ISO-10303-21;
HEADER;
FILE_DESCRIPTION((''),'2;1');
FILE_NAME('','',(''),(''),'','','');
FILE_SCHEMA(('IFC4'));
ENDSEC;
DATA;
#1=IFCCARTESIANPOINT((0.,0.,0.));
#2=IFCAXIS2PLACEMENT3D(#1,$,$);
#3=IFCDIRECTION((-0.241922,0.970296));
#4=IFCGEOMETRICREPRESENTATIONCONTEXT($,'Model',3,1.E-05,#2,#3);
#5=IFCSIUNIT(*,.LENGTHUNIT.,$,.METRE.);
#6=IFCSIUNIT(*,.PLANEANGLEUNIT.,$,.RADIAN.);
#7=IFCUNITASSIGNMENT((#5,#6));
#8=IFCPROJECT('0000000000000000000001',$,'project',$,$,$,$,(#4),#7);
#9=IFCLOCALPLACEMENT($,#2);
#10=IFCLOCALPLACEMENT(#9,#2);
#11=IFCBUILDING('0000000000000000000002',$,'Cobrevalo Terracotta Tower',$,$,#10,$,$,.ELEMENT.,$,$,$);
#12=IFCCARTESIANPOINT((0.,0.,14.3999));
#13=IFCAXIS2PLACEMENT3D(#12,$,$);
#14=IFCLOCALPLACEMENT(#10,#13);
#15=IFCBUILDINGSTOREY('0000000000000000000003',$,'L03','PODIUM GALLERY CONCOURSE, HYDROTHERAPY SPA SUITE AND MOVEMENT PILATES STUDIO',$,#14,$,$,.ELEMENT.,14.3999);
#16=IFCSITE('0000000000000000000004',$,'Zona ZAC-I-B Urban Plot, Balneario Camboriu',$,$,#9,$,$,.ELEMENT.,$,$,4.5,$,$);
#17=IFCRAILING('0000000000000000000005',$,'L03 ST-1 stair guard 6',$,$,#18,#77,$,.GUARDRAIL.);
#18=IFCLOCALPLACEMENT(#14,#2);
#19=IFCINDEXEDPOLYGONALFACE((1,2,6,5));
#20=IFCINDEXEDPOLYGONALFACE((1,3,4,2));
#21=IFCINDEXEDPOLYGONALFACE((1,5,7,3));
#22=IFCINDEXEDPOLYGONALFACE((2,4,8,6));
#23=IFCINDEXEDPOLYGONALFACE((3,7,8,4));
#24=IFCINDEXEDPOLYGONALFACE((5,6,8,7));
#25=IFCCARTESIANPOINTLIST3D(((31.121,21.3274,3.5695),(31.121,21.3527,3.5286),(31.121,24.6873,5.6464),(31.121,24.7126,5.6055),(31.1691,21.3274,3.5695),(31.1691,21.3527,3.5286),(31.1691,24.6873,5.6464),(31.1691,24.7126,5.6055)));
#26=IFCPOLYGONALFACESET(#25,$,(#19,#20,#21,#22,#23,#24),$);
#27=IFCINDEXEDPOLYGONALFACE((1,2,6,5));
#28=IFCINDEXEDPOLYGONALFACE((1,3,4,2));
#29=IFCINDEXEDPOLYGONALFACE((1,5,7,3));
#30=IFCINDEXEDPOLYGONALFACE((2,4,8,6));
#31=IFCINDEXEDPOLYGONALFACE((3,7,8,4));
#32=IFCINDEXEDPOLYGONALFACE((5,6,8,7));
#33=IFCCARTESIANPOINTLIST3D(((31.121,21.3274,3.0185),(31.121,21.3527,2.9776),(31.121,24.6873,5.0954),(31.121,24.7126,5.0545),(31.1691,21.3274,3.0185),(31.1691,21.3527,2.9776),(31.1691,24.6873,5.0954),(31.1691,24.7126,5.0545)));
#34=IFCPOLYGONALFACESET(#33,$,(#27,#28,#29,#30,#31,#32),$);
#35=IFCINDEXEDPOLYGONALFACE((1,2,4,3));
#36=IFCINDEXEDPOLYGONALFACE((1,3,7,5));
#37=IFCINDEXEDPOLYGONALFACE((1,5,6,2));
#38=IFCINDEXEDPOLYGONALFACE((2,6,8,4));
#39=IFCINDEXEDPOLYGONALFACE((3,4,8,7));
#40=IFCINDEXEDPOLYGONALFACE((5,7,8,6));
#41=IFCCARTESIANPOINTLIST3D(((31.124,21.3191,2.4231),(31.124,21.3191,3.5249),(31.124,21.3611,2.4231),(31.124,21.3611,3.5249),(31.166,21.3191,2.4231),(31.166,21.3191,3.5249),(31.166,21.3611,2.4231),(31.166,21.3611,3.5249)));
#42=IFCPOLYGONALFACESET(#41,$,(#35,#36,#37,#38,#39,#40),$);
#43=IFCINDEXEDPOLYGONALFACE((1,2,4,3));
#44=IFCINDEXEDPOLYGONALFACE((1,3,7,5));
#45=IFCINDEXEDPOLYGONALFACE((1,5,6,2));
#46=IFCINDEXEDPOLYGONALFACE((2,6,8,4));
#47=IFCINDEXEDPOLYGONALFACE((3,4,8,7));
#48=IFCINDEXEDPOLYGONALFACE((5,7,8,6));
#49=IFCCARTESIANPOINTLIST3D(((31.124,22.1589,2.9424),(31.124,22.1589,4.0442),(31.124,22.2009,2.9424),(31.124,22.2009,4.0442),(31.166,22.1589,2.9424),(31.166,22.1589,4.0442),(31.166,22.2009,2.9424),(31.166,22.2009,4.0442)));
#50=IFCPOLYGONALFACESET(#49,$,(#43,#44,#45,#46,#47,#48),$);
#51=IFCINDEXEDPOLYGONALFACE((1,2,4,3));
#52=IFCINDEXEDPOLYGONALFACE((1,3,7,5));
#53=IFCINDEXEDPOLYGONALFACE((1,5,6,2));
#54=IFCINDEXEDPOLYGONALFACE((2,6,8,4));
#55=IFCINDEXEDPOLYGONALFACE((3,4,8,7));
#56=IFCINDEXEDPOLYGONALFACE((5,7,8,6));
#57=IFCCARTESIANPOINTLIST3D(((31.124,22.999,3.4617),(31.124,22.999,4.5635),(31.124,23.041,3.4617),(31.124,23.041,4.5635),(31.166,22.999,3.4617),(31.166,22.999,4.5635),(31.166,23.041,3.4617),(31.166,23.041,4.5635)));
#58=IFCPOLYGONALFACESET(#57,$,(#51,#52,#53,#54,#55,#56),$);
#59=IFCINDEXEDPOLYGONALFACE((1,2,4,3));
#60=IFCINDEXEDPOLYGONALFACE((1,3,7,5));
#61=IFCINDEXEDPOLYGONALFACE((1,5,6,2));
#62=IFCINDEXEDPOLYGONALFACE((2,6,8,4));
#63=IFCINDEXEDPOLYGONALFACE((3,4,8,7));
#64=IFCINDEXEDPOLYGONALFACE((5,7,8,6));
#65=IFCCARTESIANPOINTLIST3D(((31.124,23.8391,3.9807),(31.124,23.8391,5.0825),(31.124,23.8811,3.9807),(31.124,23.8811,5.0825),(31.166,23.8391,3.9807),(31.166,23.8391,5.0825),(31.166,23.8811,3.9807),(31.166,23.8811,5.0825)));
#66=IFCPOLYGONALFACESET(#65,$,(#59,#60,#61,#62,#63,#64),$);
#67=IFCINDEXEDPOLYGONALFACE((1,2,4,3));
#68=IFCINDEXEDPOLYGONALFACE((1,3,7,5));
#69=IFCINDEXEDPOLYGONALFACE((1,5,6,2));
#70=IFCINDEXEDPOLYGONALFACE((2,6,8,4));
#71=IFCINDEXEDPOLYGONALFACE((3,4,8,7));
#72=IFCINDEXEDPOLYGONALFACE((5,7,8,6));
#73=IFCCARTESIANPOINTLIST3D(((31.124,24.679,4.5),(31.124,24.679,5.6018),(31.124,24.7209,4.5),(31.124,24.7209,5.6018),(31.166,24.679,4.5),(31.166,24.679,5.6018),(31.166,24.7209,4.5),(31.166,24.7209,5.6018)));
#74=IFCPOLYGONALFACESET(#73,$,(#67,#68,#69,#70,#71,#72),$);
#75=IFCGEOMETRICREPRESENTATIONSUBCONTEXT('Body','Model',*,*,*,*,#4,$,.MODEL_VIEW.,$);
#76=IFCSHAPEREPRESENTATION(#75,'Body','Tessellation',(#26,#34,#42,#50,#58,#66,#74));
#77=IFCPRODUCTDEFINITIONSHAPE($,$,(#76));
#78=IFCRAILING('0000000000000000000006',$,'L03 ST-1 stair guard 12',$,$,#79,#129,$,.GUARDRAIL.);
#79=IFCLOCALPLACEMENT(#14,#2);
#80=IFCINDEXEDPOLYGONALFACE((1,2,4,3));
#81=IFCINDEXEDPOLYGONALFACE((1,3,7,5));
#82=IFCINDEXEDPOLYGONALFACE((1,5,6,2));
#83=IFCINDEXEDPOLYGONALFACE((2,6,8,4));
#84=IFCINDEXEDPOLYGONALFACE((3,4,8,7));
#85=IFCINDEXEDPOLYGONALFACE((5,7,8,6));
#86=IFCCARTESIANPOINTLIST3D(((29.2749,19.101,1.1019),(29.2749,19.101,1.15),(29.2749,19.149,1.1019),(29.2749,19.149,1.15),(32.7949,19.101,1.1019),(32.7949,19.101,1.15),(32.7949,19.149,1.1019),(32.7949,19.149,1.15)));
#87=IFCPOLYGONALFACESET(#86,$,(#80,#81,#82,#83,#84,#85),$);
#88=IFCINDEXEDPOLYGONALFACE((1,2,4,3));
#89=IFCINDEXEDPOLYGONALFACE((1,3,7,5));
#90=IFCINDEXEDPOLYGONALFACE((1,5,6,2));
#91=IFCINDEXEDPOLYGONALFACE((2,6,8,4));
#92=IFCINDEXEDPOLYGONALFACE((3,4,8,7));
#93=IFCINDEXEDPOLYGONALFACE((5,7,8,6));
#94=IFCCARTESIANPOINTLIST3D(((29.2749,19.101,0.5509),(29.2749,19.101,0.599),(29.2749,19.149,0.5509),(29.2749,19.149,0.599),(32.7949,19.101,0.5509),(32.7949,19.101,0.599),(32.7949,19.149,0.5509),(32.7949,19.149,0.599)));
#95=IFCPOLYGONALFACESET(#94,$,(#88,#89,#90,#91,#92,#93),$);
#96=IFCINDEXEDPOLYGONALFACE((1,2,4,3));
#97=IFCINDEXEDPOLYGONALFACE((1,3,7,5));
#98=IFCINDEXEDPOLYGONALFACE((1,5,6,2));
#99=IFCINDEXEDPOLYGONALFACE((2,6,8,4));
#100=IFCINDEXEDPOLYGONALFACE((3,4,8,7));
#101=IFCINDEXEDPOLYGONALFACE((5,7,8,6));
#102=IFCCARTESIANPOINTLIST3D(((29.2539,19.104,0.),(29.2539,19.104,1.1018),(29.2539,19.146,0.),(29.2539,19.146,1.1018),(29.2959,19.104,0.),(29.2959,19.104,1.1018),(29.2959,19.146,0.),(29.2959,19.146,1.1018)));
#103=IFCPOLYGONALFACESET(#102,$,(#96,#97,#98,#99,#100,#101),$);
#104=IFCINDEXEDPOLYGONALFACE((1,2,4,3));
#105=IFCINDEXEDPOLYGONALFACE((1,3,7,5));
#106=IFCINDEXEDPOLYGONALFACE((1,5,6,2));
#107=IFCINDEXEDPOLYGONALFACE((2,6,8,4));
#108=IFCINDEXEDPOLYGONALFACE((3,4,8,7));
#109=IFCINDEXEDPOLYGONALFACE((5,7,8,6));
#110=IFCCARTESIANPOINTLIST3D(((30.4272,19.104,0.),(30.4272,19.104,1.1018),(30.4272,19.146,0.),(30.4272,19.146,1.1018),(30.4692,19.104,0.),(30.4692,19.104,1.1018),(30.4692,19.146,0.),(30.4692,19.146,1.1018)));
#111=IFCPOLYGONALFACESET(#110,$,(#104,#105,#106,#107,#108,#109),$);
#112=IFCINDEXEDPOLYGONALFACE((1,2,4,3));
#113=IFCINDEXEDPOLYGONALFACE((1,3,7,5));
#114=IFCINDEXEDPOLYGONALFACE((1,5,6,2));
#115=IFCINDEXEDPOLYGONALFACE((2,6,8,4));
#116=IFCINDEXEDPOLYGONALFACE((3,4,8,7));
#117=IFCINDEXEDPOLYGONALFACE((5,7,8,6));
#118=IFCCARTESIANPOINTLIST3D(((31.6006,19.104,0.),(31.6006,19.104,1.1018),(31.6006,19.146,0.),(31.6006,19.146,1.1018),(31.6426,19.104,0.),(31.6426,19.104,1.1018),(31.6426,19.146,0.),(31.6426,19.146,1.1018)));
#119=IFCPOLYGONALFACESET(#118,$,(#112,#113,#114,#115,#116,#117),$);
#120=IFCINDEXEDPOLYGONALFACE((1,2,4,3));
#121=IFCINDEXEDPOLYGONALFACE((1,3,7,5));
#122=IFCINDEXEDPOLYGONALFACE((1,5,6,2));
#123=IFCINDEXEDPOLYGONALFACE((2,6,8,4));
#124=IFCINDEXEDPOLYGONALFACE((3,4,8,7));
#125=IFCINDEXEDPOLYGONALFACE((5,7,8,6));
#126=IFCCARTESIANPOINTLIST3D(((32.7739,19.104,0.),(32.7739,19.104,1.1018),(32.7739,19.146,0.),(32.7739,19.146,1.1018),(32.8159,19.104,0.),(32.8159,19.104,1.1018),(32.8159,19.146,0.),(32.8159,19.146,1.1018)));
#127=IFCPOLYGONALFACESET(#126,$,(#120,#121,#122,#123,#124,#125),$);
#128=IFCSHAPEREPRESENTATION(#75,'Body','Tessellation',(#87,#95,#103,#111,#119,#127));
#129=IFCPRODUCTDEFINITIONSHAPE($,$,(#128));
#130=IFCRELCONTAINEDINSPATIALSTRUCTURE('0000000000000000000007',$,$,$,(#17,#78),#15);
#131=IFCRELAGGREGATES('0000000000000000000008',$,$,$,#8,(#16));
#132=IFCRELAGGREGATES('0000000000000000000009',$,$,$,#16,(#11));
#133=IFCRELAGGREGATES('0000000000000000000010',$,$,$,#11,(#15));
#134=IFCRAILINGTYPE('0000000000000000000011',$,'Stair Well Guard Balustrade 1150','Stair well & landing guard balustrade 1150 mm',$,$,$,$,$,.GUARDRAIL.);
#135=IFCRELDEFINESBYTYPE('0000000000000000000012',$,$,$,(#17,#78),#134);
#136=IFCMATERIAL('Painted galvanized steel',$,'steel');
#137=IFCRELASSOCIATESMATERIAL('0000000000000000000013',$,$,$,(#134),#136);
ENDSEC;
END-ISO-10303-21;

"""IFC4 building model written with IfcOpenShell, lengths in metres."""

from ifc_helpers import new_model, si_unit, direction, frame, origin, origin_2d, place, context, subcontext, project, spatial, rectangle, extrude, material, type_object, element, save


model = new_model("IFC4")

# Units and contexts
model_context = context("Model", 3, precision=1e-05, world=origin(), true_north=direction((-0.241922, 0.970296)))
body_context = subcontext(model_context, "Body", "Model", "MODEL_VIEW")
ifc_project = project(units=[si_unit("LENGTHUNIT", "METRE"), si_unit("PLANEANGLEUNIT", "RADIAN")], contexts=[model_context])

# Site, building, storey
site_placement = place(None, origin())
site = spatial("IfcSite", under=ifc_project, at=site_placement, Name="Zona ZAC-I-B Urban Plot, Balneario Camboriu", CompositionType="ELEMENT", RefElevation=4.5)
building_placement = place(site_placement, origin())
building = spatial("IfcBuilding", under=site, at=building_placement, Name="Cobrevalo Terracotta Tower", CompositionType="ELEMENT")
storey_placement = place(building_placement, frame((0.0, 0.0, 14.3999)))
storey = spatial("IfcBuildingStorey", under=building, at=storey_placement, Name="L03", Description="PODIUM GALLERY CONCOURSE, HYDROTHERAPY SPA SUITE AND MOVEMENT PILATES STUDIO", CompositionType="ELEMENT", Elevation=14.3999)

# Railings
ifc_material_1 = material(Name="Painted galvanized steel", Category="steel")
railing_type_1 = type_object("IfcRailingType", Name="Stair Well Guard Balustrade 1150", Description="Stair well & landing guard balustrade 1150 mm", PredefinedType="GUARDRAIL", material=ifc_material_1)
railing_1_placement = place(storey_placement, frame((31.145, 21.3401, 2.4231)))
element("IfcRailing", 1, at=railing_1_placement, inside=storey, type_object=railing_type_1, Name="L03 ST-1 stair guard 6", PredefinedType="GUARDRAIL", context=body_context, shape_type="SweptSolid", body=[
    extrude(rectangle(XDim=0.0481, YDim=0.0481, at=origin_2d()), frame((0.0, 0.0, 1.126), z_axis=(0.0, 0.850606, 0.525803), x_axis=(-1.0, 0.0, 0.0)), (0.0, 0.0, 1.0), 3.95),
    extrude(rectangle(XDim=0.0481, YDim=0.0481, at=origin_2d()), frame((0.0, 0.0, 0.575), z_axis=(0.0, 0.850606, 0.525803), x_axis=(-1.0, 0.0, 0.0)), (0.0, 0.0, 1.0), 3.95),
    extrude(rectangle(XDim=0.042, YDim=0.042, at=origin_2d()), origin(), (0.0, 0.0, 1.0), 1.1018),
    extrude(rectangle(XDim=0.042, YDim=0.042, at=origin_2d()), frame((0.0, 0.8398, 0.5193)), (0.0, 0.0, 1.0), 1.1018),
    extrude(rectangle(XDim=0.042, YDim=0.042, at=origin_2d()), frame((0.0, 1.6799, 1.0386)), (0.0, 0.0, 1.0), 1.1018),
    extrude(rectangle(XDim=0.042, YDim=0.042, at=origin_2d()), frame((0.0, 2.52, 1.5576)), (0.0, 0.0, 1.0), 1.1018),
    extrude(rectangle(XDim=0.042, YDim=0.042, at=origin_2d()), frame((0.0, 3.3599, 2.0769)), (0.0, 0.0, 1.0), 1.1018),
])
railing_2_placement = place(storey_placement, frame((29.2749, 19.125, 0.0)))
element("IfcRailing", 2, at=railing_2_placement, inside=storey, type_object=railing_type_1, Name="L03 ST-1 stair guard 12", PredefinedType="GUARDRAIL", context=body_context, shape_type="SweptSolid", body=[
    extrude(rectangle(XDim=0.0481, YDim=0.0481, at=origin_2d()), frame((0.0, 0.0, 1.126), z_axis=(1.0, 0.0, 0.0), x_axis=(0.0, 1.0, 0.0)), (0.0, 0.0, 1.0), 3.52),
    extrude(rectangle(XDim=0.0481, YDim=0.0481, at=origin_2d()), frame((0.0, 0.0, 0.575), z_axis=(1.0, 0.0, 0.0), x_axis=(0.0, 1.0, 0.0)), (0.0, 0.0, 1.0), 3.52),
    extrude(rectangle(XDim=0.042, YDim=0.042, at=origin_2d()), origin(), (0.0, 0.0, 1.0), 1.1018),
    extrude(rectangle(XDim=0.042, YDim=0.042, at=origin_2d()), frame((1.1733, 0.0, 0.0)), (0.0, 0.0, 1.0), 1.1018),
    extrude(rectangle(XDim=0.042, YDim=0.042, at=origin_2d()), frame((2.3467, 0.0, 0.0)), (0.0, 0.0, 1.0), 1.1018),
    extrude(rectangle(XDim=0.042, YDim=0.042, at=origin_2d()), frame((3.52, 0.0, 0.0)), (0.0, 0.0, 1.0), 1.1018),
])

save(model, "model.ifc")
